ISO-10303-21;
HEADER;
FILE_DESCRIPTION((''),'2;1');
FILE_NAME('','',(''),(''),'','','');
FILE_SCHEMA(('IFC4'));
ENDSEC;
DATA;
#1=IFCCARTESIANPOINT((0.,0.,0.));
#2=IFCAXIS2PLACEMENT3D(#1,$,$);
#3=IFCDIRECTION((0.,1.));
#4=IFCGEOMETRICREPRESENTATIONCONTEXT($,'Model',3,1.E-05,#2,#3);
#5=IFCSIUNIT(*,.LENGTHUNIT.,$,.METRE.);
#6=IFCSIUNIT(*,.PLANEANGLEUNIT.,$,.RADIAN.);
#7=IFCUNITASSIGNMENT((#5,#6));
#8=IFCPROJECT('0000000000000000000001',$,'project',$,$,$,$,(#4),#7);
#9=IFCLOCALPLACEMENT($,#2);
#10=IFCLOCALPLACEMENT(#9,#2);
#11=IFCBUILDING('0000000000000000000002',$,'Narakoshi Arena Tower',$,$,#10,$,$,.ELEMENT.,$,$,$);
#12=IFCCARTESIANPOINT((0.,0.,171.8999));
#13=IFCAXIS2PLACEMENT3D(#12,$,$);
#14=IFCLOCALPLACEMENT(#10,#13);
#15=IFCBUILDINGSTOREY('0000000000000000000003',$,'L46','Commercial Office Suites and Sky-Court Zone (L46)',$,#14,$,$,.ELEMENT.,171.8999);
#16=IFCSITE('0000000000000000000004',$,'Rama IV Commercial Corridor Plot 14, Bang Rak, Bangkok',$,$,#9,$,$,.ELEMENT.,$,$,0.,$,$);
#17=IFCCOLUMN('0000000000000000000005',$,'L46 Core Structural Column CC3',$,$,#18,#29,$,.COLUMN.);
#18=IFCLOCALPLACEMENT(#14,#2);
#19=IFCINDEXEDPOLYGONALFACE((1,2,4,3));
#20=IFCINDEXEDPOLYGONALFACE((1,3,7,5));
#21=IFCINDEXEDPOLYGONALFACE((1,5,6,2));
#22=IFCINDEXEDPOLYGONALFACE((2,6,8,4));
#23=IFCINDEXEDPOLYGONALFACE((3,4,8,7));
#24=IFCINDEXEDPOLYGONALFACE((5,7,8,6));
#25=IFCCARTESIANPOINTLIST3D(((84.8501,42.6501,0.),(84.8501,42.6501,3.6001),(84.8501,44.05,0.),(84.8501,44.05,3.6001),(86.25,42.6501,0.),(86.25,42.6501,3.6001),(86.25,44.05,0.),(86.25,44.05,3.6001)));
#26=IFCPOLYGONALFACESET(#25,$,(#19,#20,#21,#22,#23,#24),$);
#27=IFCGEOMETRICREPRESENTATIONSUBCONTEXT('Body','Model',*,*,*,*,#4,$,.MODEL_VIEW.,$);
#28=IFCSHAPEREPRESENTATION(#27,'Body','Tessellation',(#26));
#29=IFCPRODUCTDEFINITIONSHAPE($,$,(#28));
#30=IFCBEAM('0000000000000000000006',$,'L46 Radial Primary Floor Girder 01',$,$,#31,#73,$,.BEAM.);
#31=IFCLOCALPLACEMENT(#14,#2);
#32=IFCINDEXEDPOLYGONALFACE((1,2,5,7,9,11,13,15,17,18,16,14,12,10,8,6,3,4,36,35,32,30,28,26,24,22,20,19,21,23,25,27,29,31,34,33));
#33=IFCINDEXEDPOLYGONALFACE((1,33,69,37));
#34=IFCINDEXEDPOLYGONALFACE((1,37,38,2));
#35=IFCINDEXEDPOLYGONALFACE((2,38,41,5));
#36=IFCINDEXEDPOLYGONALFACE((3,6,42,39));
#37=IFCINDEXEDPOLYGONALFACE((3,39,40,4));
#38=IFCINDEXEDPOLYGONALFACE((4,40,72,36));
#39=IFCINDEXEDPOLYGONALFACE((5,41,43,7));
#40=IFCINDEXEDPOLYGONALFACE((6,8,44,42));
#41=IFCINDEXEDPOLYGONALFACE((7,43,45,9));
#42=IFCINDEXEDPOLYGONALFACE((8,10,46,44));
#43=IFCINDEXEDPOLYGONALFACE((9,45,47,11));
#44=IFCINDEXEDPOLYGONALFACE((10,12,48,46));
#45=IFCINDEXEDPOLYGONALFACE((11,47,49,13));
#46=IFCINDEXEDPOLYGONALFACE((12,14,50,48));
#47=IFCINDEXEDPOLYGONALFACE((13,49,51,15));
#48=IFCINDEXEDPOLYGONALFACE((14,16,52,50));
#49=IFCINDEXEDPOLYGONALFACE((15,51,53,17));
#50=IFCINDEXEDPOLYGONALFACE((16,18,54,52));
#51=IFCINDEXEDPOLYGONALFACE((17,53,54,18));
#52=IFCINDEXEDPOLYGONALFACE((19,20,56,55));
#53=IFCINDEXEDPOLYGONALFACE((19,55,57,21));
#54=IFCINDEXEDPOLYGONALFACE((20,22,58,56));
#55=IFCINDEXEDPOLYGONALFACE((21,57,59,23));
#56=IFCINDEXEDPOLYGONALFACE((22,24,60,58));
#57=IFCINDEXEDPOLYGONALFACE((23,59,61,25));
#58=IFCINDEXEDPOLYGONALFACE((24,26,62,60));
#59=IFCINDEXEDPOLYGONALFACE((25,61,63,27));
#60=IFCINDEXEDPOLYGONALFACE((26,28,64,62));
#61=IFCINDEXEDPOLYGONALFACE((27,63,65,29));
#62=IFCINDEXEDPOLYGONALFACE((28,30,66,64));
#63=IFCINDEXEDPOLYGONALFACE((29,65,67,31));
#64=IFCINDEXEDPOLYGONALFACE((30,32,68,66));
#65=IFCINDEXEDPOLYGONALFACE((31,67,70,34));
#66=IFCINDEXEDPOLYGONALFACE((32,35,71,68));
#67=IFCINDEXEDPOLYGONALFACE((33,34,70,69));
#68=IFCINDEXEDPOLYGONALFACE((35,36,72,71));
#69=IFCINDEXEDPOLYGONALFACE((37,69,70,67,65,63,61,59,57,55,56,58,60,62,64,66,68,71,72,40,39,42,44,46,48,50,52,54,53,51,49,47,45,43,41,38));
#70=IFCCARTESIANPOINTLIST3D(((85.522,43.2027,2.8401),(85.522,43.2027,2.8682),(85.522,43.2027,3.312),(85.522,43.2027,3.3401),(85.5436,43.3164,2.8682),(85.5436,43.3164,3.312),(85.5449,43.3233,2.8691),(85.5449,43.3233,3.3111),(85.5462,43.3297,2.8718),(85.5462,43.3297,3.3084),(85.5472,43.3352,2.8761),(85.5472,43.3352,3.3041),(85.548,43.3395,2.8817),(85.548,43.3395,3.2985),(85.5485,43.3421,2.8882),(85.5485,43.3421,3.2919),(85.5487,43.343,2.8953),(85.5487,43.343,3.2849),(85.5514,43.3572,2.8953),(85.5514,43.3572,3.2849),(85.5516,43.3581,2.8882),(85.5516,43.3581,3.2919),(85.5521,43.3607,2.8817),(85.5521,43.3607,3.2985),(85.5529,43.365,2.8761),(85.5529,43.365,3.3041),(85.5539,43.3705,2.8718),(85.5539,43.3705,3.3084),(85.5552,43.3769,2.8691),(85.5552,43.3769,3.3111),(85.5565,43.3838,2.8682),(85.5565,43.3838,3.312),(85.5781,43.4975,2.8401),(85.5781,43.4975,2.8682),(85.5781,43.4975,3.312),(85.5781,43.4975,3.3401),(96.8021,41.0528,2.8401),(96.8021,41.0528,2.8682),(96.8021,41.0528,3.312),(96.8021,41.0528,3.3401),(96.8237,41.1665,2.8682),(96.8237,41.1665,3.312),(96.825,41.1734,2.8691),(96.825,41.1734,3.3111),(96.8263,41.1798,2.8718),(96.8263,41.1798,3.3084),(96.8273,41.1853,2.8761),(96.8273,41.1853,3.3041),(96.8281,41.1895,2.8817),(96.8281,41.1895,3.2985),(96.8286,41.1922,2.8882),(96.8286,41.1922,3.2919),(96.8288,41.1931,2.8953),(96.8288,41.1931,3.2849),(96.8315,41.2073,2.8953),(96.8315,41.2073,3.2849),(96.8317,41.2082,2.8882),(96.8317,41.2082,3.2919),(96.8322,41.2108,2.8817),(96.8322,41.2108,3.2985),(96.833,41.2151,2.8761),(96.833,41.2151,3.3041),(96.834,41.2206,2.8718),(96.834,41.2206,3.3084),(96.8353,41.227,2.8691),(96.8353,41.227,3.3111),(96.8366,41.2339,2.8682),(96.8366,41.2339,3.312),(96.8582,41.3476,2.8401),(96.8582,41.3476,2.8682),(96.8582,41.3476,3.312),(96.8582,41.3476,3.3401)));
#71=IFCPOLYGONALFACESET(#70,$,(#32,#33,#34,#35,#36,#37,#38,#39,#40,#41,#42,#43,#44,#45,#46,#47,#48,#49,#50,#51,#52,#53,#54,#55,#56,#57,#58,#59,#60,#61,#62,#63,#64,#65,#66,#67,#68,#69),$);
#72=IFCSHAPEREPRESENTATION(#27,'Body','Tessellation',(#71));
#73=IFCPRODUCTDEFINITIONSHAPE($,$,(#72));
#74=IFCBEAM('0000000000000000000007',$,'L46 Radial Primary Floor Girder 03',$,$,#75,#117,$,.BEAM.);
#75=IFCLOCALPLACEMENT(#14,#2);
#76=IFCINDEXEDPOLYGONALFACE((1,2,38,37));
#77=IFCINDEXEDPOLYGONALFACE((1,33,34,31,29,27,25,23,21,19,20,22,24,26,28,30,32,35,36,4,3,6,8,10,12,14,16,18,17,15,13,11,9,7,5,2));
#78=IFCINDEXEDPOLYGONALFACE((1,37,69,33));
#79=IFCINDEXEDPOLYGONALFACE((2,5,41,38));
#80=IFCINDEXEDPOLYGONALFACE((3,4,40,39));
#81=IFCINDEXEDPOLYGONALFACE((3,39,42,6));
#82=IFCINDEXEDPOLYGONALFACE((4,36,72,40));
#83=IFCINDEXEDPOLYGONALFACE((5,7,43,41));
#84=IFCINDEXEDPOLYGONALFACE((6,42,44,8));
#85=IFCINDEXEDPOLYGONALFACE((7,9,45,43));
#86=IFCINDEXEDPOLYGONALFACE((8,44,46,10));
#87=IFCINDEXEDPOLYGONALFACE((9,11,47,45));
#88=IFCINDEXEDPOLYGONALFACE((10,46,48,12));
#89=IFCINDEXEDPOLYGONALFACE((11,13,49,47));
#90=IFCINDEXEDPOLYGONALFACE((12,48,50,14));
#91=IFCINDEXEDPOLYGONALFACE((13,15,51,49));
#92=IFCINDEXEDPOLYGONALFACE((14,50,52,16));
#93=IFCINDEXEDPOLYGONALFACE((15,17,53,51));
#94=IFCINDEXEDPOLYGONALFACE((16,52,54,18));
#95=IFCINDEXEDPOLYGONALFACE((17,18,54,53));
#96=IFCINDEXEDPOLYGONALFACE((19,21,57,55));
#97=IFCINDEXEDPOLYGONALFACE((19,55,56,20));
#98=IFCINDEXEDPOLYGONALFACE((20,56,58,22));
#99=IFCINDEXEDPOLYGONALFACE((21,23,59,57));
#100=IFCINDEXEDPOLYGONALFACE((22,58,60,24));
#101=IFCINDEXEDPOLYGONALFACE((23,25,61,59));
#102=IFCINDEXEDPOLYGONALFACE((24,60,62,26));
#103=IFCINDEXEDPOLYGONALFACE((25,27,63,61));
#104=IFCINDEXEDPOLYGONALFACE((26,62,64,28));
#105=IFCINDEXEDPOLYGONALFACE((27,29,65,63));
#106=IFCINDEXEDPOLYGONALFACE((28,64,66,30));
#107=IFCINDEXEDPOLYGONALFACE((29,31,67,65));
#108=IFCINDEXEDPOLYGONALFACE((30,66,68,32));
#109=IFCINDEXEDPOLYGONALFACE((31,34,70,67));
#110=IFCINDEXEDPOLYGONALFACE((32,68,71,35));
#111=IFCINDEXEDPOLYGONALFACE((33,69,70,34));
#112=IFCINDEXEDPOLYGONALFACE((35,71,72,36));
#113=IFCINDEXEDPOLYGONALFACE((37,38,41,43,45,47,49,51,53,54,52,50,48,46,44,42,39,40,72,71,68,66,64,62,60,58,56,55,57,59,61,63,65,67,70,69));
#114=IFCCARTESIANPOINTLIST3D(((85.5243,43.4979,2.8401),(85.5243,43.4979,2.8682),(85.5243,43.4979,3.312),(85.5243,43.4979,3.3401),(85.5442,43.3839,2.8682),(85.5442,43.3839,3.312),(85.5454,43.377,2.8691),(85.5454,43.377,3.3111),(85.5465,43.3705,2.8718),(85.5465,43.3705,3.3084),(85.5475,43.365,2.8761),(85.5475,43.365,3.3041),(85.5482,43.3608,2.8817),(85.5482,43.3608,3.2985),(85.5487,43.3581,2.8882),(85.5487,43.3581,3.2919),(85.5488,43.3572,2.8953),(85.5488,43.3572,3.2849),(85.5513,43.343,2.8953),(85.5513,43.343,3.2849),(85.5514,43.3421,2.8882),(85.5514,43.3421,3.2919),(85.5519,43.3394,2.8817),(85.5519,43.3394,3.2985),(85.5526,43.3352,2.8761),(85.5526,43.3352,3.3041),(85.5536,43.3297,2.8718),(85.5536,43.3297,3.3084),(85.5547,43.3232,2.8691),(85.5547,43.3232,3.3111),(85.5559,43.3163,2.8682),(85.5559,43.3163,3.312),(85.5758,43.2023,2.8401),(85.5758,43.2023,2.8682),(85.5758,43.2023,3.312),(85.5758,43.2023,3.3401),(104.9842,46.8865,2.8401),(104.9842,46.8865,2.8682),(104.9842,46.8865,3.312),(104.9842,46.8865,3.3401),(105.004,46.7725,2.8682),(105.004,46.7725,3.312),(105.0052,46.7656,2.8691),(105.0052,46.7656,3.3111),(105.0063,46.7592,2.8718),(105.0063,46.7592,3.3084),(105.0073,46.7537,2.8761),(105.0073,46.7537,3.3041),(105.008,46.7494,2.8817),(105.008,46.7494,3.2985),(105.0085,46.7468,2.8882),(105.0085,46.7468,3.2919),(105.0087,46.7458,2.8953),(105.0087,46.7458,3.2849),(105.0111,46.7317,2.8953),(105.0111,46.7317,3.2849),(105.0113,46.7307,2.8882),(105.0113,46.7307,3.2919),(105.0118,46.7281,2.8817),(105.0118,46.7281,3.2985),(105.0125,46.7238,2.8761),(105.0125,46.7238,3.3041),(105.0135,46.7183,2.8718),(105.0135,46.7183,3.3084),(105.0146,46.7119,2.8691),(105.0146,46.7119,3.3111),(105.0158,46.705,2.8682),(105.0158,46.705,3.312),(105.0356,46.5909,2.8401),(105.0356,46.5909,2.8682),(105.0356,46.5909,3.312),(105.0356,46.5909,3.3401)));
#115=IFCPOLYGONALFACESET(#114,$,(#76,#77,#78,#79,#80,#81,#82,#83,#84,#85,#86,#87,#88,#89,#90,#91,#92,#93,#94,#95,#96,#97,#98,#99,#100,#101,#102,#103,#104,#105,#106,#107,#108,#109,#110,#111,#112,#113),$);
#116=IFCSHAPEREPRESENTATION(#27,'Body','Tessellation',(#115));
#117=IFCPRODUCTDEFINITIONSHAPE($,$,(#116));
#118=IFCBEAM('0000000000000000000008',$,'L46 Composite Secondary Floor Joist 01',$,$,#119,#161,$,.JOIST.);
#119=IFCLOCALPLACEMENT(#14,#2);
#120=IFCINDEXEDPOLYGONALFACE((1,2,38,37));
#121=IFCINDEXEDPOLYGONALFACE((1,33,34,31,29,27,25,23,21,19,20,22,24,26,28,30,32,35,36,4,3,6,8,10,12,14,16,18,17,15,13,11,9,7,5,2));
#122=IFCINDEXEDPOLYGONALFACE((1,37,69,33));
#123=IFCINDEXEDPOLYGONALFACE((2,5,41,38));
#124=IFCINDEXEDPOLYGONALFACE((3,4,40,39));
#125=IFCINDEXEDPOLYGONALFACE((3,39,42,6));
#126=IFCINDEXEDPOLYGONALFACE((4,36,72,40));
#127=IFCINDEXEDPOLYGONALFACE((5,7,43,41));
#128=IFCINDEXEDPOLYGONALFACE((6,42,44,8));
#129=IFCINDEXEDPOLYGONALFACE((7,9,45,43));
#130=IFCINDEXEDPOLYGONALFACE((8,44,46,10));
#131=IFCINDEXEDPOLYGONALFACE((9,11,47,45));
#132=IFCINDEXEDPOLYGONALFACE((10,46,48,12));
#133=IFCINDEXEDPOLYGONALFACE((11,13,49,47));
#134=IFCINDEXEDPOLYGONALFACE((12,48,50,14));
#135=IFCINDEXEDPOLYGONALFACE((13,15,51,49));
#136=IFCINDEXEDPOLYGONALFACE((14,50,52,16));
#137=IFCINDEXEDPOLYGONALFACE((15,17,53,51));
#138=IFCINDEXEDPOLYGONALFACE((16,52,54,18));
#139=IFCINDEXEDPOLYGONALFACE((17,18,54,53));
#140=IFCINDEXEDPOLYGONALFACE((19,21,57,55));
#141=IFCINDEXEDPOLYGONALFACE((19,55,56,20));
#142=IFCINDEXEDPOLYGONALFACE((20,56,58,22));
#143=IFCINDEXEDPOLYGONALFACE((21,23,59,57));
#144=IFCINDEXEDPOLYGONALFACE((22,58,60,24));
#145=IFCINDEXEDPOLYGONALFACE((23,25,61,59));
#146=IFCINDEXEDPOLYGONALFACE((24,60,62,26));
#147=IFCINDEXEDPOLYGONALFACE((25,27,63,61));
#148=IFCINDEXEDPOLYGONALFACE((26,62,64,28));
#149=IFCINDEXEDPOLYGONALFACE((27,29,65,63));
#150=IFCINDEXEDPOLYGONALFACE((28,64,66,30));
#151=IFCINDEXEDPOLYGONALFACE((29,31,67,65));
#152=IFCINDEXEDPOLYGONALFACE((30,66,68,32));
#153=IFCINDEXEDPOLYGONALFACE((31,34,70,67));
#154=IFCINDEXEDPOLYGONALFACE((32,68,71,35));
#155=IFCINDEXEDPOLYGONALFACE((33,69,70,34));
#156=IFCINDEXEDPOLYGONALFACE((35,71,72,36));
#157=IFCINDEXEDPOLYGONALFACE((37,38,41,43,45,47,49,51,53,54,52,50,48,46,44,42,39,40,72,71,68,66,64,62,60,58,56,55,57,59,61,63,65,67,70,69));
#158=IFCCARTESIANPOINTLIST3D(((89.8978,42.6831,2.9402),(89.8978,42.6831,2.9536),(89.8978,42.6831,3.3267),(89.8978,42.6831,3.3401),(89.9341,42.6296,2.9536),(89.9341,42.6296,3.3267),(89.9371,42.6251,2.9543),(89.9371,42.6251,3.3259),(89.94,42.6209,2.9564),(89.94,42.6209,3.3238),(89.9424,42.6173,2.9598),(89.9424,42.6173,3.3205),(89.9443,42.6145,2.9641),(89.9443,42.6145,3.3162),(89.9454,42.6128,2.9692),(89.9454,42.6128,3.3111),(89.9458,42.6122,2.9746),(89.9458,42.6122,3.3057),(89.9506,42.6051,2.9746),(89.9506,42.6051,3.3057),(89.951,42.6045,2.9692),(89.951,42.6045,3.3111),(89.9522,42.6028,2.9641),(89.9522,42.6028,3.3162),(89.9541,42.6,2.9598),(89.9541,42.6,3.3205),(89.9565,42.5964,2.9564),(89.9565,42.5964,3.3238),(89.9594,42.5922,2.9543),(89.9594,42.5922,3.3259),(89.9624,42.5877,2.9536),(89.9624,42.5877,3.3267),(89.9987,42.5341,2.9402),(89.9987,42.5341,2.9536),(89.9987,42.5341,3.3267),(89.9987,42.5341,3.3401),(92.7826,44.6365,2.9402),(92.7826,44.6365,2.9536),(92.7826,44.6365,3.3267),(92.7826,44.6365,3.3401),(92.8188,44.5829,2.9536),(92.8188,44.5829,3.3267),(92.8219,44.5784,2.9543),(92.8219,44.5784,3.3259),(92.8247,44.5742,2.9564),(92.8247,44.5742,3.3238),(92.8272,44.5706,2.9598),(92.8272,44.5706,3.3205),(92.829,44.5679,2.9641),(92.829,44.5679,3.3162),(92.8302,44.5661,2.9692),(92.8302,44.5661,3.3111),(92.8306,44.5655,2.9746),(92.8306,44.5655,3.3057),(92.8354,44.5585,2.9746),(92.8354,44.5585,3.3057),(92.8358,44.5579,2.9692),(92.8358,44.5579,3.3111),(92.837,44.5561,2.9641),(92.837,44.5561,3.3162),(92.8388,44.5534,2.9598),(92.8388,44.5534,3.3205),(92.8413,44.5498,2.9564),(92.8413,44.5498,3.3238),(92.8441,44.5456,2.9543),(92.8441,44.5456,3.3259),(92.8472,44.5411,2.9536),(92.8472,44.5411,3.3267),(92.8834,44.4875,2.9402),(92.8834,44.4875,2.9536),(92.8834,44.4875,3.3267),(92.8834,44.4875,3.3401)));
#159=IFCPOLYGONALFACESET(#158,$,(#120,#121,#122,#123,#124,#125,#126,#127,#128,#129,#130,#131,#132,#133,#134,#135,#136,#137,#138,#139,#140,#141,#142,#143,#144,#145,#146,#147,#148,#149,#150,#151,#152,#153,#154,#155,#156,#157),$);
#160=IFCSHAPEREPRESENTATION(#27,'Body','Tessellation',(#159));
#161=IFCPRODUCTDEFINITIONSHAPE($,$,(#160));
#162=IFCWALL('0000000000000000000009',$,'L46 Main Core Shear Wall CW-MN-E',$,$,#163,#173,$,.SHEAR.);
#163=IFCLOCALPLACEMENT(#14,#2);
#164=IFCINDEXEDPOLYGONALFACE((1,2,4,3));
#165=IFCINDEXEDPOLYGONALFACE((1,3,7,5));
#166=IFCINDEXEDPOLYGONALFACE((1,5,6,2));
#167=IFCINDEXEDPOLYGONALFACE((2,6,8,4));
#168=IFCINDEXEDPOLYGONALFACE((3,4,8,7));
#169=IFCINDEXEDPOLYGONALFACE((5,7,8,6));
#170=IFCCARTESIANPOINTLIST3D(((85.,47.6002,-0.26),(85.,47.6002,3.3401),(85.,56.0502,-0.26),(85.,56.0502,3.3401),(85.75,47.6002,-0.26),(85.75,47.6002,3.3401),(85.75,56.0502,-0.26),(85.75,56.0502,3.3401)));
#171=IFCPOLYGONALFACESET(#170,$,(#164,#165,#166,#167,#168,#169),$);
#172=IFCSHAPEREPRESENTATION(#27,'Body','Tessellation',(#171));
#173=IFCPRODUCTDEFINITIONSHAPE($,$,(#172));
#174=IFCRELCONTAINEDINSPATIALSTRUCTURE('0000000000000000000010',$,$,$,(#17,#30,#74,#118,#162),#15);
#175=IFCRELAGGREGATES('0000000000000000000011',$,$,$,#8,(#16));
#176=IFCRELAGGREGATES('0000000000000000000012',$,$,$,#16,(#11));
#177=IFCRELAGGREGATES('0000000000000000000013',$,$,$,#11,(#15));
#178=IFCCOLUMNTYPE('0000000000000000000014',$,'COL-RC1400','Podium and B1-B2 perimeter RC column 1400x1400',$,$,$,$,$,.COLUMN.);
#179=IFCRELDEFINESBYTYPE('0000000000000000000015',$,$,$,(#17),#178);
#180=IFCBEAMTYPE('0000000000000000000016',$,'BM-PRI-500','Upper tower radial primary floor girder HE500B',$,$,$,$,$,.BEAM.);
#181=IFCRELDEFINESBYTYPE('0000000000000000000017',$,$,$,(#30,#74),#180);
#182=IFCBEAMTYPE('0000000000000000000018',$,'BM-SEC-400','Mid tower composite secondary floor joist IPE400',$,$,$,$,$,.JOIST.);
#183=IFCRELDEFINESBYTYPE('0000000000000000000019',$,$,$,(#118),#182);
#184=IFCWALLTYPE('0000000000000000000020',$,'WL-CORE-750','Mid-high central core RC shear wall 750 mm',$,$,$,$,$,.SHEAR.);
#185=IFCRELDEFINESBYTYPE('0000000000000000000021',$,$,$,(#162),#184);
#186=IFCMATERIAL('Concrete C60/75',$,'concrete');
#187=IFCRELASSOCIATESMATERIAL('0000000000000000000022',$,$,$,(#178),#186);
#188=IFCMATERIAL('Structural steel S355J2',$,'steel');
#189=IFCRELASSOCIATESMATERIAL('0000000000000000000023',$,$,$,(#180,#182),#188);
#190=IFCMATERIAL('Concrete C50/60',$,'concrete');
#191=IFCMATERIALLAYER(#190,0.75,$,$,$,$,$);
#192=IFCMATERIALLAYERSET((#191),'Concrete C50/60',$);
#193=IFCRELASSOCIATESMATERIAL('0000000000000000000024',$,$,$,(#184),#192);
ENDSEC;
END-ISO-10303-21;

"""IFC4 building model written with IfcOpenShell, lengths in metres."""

from ifc_helpers import new_model, si_unit, direction, frame, frame_2d, origin, origin_2d, place, context, subcontext, project, spatial, rectangle, i_section, extrude, material, layer, layer_set, material_profile, profile_set, type_object, element, save


model = new_model("IFC4")

# Units and contexts
model_context = context("Model", 3, precision=1e-05, world=origin(), true_north=direction((0.0, 1.0)))
body_context = subcontext(model_context, "Body", "Model", "MODEL_VIEW")
ifc_project = project(units=[si_unit("LENGTHUNIT", "METRE"), si_unit("PLANEANGLEUNIT", "RADIAN")], contexts=[model_context])

# Site, building, storey
site_placement = place(None, origin())
site = spatial("IfcSite", under=ifc_project, at=site_placement, Name="Rama IV Commercial Corridor Plot 14, Bang Rak, Bangkok", CompositionType="ELEMENT", RefElevation=0.0)
building_placement = place(site_placement, origin())
building = spatial("IfcBuilding", under=site, at=building_placement, Name="Narakoshi Arena Tower", CompositionType="ELEMENT")
storey_placement = place(building_placement, frame((0.0, 0.0, 171.8999)))
storey = spatial("IfcBuildingStorey", under=building, at=storey_placement, Name="L46", Description="Commercial Office Suites and Sky-Court Zone (L46)", CompositionType="ELEMENT", Elevation=171.8999)

# Column
ifc_material_1 = material(Name="Concrete C60/75", Category="concrete")
ifc_material_profile_1 = material_profile(ifc_material_1, rectangle(XDim=1.3999, YDim=1.3999, at=origin_2d()), Name="RC1400x1400")
ifc_profile_set_1 = profile_set([ifc_material_profile_1], Name="Concrete C60/75")
column_type = type_object("IfcColumnType", Name="COL-RC1400", Description="Podium and B1-B2 perimeter RC column 1400x1400", PredefinedType="COLUMN", material=ifc_profile_set_1)
column_placement = place(storey_placement, frame((85.55, 43.3501, 0.0), z_axis=(0.0, 0.0, 1.0), x_axis=(1.0, 0.0, 0.0)))
element("IfcColumn", 1, at=column_placement, inside=storey, type_object=column_type, Name="L46 Core Structural Column CC3", PredefinedType="COLUMN", context=body_context, shape_type="SweptSolid", body=[
    extrude(rectangle(XDim=1.3999, YDim=1.3999, at=origin_2d()), origin(), (0.0, 0.0, 1.0), 3.6001),
])

# Beams
ifc_material_2 = material(Name="Structural steel S355J2", Category="steel")
ifc_material_profile_2 = material_profile(ifc_material_2, i_section(OverallWidth=0.3, OverallDepth=0.5, WebThickness=0.0144, FlangeThickness=0.0281, FilletRadius=0.0271, at=origin_2d()), Name="HE500B")
ifc_profile_set_2 = profile_set([ifc_material_profile_2], Name="Structural steel S355J2")
beam_type_1 = type_object("IfcBeamType", Name="BM-PRI-500", Description="Upper tower radial primary floor girder HE500B", PredefinedType="BEAM", material=ifc_profile_set_2)
beam_1_placement = place(storey_placement, frame((85.55, 43.3501, 3.0901), z_axis=(0.982317, -0.187223, 0.0), x_axis=(0.187223, 0.982317, 0.0)))
element("IfcBeam", 2, at=beam_1_placement, inside=storey, type_object=beam_type_1, Name="L46 Radial Primary Floor Girder 01", PredefinedType="BEAM", context=body_context, shape_type="SweptSolid", body=[
    extrude(i_section(OverallWidth=0.3, OverallDepth=0.5, WebThickness=0.0144, FlangeThickness=0.0281, FilletRadius=0.0271, at=origin_2d()), origin(), (0.0, 0.0, 1.0), 11.4832),
])
beam_2_placement = place(storey_placement, frame((85.55, 43.3501, 3.0901), z_axis=(0.985175, 0.171554, 0.0), x_axis=(-0.171554, 0.985175, 0.0)))
element("IfcBeam", 3, at=beam_2_placement, inside=storey, type_object=beam_type_1, Name="L46 Radial Primary Floor Girder 03", PredefinedType="BEAM", context=body_context, shape_type="SweptSolid", body=[
    extrude(i_section(OverallWidth=0.3, OverallDepth=0.5, WebThickness=0.0144, FlangeThickness=0.0281, FilletRadius=0.0271, at=origin_2d()), origin(), (0.0, 0.0, 1.0), 19.7527),
])
ifc_material_profile_3 = material_profile(ifc_material_2, i_section(OverallWidth=0.1799, OverallDepth=0.3999, WebThickness=0.0085, FlangeThickness=0.0134, FilletRadius=0.021, at=origin_2d()), Name="IPE400")
ifc_profile_set_3 = profile_set([ifc_material_profile_3], Name="Structural steel S355J2")
beam_type_2 = type_object("IfcBeamType", Name="BM-SEC-400", Description="Mid tower composite secondary floor joist IPE400", PredefinedType="JOIST", material=ifc_profile_set_3)
beam_3_placement = place(storey_placement, frame((89.9482, 42.6086, 3.1401), z_axis=(0.828029, 0.560685, 0.0), x_axis=(-0.560685, 0.828029, 0.0)))
element("IfcBeam", 4, at=beam_3_placement, inside=storey, type_object=beam_type_2, Name="L46 Composite Secondary Floor Joist 01", PredefinedType="JOIST", context=body_context, shape_type="SweptSolid", body=[
    extrude(i_section(OverallWidth=0.1799, OverallDepth=0.3999, WebThickness=0.0085, FlangeThickness=0.0134, FilletRadius=0.021, at=origin_2d()), origin(), (0.0, 0.0, 1.0), 3.4839),
])

# Wall
ifc_material_3 = material(Name="Concrete C50/60", Category="concrete")
ifc_layer_1 = layer(ifc_material_3, 0.75)
ifc_layer_set_1 = layer_set([ifc_layer_1], Name="Concrete C50/60")
wall_type_1 = type_object("IfcWallType", Name="WL-CORE-750", Description="Mid-high central core RC shear wall 750 mm", PredefinedType="SHEAR", material=ifc_layer_set_1)
wall_1_placement = place(storey_placement, frame((85.375, 47.6001, -0.26), z_axis=(0.0, 0.0, 1.0), x_axis=(0.0, 1.0, 0.0)))
element("IfcWall", 5, at=wall_1_placement, inside=storey, type_object=wall_type_1, Name="L46 Main Core Shear Wall CW-MN-E", PredefinedType="SHEAR", context=body_context, shape_type="SweptSolid", body=[
    extrude(rectangle(XDim=8.45, YDim=0.75, at=frame_2d((4.2251, 0.0))), origin(), (0.0, 0.0, 1.0), 3.6001),
])

save(model, "model.ifc")
